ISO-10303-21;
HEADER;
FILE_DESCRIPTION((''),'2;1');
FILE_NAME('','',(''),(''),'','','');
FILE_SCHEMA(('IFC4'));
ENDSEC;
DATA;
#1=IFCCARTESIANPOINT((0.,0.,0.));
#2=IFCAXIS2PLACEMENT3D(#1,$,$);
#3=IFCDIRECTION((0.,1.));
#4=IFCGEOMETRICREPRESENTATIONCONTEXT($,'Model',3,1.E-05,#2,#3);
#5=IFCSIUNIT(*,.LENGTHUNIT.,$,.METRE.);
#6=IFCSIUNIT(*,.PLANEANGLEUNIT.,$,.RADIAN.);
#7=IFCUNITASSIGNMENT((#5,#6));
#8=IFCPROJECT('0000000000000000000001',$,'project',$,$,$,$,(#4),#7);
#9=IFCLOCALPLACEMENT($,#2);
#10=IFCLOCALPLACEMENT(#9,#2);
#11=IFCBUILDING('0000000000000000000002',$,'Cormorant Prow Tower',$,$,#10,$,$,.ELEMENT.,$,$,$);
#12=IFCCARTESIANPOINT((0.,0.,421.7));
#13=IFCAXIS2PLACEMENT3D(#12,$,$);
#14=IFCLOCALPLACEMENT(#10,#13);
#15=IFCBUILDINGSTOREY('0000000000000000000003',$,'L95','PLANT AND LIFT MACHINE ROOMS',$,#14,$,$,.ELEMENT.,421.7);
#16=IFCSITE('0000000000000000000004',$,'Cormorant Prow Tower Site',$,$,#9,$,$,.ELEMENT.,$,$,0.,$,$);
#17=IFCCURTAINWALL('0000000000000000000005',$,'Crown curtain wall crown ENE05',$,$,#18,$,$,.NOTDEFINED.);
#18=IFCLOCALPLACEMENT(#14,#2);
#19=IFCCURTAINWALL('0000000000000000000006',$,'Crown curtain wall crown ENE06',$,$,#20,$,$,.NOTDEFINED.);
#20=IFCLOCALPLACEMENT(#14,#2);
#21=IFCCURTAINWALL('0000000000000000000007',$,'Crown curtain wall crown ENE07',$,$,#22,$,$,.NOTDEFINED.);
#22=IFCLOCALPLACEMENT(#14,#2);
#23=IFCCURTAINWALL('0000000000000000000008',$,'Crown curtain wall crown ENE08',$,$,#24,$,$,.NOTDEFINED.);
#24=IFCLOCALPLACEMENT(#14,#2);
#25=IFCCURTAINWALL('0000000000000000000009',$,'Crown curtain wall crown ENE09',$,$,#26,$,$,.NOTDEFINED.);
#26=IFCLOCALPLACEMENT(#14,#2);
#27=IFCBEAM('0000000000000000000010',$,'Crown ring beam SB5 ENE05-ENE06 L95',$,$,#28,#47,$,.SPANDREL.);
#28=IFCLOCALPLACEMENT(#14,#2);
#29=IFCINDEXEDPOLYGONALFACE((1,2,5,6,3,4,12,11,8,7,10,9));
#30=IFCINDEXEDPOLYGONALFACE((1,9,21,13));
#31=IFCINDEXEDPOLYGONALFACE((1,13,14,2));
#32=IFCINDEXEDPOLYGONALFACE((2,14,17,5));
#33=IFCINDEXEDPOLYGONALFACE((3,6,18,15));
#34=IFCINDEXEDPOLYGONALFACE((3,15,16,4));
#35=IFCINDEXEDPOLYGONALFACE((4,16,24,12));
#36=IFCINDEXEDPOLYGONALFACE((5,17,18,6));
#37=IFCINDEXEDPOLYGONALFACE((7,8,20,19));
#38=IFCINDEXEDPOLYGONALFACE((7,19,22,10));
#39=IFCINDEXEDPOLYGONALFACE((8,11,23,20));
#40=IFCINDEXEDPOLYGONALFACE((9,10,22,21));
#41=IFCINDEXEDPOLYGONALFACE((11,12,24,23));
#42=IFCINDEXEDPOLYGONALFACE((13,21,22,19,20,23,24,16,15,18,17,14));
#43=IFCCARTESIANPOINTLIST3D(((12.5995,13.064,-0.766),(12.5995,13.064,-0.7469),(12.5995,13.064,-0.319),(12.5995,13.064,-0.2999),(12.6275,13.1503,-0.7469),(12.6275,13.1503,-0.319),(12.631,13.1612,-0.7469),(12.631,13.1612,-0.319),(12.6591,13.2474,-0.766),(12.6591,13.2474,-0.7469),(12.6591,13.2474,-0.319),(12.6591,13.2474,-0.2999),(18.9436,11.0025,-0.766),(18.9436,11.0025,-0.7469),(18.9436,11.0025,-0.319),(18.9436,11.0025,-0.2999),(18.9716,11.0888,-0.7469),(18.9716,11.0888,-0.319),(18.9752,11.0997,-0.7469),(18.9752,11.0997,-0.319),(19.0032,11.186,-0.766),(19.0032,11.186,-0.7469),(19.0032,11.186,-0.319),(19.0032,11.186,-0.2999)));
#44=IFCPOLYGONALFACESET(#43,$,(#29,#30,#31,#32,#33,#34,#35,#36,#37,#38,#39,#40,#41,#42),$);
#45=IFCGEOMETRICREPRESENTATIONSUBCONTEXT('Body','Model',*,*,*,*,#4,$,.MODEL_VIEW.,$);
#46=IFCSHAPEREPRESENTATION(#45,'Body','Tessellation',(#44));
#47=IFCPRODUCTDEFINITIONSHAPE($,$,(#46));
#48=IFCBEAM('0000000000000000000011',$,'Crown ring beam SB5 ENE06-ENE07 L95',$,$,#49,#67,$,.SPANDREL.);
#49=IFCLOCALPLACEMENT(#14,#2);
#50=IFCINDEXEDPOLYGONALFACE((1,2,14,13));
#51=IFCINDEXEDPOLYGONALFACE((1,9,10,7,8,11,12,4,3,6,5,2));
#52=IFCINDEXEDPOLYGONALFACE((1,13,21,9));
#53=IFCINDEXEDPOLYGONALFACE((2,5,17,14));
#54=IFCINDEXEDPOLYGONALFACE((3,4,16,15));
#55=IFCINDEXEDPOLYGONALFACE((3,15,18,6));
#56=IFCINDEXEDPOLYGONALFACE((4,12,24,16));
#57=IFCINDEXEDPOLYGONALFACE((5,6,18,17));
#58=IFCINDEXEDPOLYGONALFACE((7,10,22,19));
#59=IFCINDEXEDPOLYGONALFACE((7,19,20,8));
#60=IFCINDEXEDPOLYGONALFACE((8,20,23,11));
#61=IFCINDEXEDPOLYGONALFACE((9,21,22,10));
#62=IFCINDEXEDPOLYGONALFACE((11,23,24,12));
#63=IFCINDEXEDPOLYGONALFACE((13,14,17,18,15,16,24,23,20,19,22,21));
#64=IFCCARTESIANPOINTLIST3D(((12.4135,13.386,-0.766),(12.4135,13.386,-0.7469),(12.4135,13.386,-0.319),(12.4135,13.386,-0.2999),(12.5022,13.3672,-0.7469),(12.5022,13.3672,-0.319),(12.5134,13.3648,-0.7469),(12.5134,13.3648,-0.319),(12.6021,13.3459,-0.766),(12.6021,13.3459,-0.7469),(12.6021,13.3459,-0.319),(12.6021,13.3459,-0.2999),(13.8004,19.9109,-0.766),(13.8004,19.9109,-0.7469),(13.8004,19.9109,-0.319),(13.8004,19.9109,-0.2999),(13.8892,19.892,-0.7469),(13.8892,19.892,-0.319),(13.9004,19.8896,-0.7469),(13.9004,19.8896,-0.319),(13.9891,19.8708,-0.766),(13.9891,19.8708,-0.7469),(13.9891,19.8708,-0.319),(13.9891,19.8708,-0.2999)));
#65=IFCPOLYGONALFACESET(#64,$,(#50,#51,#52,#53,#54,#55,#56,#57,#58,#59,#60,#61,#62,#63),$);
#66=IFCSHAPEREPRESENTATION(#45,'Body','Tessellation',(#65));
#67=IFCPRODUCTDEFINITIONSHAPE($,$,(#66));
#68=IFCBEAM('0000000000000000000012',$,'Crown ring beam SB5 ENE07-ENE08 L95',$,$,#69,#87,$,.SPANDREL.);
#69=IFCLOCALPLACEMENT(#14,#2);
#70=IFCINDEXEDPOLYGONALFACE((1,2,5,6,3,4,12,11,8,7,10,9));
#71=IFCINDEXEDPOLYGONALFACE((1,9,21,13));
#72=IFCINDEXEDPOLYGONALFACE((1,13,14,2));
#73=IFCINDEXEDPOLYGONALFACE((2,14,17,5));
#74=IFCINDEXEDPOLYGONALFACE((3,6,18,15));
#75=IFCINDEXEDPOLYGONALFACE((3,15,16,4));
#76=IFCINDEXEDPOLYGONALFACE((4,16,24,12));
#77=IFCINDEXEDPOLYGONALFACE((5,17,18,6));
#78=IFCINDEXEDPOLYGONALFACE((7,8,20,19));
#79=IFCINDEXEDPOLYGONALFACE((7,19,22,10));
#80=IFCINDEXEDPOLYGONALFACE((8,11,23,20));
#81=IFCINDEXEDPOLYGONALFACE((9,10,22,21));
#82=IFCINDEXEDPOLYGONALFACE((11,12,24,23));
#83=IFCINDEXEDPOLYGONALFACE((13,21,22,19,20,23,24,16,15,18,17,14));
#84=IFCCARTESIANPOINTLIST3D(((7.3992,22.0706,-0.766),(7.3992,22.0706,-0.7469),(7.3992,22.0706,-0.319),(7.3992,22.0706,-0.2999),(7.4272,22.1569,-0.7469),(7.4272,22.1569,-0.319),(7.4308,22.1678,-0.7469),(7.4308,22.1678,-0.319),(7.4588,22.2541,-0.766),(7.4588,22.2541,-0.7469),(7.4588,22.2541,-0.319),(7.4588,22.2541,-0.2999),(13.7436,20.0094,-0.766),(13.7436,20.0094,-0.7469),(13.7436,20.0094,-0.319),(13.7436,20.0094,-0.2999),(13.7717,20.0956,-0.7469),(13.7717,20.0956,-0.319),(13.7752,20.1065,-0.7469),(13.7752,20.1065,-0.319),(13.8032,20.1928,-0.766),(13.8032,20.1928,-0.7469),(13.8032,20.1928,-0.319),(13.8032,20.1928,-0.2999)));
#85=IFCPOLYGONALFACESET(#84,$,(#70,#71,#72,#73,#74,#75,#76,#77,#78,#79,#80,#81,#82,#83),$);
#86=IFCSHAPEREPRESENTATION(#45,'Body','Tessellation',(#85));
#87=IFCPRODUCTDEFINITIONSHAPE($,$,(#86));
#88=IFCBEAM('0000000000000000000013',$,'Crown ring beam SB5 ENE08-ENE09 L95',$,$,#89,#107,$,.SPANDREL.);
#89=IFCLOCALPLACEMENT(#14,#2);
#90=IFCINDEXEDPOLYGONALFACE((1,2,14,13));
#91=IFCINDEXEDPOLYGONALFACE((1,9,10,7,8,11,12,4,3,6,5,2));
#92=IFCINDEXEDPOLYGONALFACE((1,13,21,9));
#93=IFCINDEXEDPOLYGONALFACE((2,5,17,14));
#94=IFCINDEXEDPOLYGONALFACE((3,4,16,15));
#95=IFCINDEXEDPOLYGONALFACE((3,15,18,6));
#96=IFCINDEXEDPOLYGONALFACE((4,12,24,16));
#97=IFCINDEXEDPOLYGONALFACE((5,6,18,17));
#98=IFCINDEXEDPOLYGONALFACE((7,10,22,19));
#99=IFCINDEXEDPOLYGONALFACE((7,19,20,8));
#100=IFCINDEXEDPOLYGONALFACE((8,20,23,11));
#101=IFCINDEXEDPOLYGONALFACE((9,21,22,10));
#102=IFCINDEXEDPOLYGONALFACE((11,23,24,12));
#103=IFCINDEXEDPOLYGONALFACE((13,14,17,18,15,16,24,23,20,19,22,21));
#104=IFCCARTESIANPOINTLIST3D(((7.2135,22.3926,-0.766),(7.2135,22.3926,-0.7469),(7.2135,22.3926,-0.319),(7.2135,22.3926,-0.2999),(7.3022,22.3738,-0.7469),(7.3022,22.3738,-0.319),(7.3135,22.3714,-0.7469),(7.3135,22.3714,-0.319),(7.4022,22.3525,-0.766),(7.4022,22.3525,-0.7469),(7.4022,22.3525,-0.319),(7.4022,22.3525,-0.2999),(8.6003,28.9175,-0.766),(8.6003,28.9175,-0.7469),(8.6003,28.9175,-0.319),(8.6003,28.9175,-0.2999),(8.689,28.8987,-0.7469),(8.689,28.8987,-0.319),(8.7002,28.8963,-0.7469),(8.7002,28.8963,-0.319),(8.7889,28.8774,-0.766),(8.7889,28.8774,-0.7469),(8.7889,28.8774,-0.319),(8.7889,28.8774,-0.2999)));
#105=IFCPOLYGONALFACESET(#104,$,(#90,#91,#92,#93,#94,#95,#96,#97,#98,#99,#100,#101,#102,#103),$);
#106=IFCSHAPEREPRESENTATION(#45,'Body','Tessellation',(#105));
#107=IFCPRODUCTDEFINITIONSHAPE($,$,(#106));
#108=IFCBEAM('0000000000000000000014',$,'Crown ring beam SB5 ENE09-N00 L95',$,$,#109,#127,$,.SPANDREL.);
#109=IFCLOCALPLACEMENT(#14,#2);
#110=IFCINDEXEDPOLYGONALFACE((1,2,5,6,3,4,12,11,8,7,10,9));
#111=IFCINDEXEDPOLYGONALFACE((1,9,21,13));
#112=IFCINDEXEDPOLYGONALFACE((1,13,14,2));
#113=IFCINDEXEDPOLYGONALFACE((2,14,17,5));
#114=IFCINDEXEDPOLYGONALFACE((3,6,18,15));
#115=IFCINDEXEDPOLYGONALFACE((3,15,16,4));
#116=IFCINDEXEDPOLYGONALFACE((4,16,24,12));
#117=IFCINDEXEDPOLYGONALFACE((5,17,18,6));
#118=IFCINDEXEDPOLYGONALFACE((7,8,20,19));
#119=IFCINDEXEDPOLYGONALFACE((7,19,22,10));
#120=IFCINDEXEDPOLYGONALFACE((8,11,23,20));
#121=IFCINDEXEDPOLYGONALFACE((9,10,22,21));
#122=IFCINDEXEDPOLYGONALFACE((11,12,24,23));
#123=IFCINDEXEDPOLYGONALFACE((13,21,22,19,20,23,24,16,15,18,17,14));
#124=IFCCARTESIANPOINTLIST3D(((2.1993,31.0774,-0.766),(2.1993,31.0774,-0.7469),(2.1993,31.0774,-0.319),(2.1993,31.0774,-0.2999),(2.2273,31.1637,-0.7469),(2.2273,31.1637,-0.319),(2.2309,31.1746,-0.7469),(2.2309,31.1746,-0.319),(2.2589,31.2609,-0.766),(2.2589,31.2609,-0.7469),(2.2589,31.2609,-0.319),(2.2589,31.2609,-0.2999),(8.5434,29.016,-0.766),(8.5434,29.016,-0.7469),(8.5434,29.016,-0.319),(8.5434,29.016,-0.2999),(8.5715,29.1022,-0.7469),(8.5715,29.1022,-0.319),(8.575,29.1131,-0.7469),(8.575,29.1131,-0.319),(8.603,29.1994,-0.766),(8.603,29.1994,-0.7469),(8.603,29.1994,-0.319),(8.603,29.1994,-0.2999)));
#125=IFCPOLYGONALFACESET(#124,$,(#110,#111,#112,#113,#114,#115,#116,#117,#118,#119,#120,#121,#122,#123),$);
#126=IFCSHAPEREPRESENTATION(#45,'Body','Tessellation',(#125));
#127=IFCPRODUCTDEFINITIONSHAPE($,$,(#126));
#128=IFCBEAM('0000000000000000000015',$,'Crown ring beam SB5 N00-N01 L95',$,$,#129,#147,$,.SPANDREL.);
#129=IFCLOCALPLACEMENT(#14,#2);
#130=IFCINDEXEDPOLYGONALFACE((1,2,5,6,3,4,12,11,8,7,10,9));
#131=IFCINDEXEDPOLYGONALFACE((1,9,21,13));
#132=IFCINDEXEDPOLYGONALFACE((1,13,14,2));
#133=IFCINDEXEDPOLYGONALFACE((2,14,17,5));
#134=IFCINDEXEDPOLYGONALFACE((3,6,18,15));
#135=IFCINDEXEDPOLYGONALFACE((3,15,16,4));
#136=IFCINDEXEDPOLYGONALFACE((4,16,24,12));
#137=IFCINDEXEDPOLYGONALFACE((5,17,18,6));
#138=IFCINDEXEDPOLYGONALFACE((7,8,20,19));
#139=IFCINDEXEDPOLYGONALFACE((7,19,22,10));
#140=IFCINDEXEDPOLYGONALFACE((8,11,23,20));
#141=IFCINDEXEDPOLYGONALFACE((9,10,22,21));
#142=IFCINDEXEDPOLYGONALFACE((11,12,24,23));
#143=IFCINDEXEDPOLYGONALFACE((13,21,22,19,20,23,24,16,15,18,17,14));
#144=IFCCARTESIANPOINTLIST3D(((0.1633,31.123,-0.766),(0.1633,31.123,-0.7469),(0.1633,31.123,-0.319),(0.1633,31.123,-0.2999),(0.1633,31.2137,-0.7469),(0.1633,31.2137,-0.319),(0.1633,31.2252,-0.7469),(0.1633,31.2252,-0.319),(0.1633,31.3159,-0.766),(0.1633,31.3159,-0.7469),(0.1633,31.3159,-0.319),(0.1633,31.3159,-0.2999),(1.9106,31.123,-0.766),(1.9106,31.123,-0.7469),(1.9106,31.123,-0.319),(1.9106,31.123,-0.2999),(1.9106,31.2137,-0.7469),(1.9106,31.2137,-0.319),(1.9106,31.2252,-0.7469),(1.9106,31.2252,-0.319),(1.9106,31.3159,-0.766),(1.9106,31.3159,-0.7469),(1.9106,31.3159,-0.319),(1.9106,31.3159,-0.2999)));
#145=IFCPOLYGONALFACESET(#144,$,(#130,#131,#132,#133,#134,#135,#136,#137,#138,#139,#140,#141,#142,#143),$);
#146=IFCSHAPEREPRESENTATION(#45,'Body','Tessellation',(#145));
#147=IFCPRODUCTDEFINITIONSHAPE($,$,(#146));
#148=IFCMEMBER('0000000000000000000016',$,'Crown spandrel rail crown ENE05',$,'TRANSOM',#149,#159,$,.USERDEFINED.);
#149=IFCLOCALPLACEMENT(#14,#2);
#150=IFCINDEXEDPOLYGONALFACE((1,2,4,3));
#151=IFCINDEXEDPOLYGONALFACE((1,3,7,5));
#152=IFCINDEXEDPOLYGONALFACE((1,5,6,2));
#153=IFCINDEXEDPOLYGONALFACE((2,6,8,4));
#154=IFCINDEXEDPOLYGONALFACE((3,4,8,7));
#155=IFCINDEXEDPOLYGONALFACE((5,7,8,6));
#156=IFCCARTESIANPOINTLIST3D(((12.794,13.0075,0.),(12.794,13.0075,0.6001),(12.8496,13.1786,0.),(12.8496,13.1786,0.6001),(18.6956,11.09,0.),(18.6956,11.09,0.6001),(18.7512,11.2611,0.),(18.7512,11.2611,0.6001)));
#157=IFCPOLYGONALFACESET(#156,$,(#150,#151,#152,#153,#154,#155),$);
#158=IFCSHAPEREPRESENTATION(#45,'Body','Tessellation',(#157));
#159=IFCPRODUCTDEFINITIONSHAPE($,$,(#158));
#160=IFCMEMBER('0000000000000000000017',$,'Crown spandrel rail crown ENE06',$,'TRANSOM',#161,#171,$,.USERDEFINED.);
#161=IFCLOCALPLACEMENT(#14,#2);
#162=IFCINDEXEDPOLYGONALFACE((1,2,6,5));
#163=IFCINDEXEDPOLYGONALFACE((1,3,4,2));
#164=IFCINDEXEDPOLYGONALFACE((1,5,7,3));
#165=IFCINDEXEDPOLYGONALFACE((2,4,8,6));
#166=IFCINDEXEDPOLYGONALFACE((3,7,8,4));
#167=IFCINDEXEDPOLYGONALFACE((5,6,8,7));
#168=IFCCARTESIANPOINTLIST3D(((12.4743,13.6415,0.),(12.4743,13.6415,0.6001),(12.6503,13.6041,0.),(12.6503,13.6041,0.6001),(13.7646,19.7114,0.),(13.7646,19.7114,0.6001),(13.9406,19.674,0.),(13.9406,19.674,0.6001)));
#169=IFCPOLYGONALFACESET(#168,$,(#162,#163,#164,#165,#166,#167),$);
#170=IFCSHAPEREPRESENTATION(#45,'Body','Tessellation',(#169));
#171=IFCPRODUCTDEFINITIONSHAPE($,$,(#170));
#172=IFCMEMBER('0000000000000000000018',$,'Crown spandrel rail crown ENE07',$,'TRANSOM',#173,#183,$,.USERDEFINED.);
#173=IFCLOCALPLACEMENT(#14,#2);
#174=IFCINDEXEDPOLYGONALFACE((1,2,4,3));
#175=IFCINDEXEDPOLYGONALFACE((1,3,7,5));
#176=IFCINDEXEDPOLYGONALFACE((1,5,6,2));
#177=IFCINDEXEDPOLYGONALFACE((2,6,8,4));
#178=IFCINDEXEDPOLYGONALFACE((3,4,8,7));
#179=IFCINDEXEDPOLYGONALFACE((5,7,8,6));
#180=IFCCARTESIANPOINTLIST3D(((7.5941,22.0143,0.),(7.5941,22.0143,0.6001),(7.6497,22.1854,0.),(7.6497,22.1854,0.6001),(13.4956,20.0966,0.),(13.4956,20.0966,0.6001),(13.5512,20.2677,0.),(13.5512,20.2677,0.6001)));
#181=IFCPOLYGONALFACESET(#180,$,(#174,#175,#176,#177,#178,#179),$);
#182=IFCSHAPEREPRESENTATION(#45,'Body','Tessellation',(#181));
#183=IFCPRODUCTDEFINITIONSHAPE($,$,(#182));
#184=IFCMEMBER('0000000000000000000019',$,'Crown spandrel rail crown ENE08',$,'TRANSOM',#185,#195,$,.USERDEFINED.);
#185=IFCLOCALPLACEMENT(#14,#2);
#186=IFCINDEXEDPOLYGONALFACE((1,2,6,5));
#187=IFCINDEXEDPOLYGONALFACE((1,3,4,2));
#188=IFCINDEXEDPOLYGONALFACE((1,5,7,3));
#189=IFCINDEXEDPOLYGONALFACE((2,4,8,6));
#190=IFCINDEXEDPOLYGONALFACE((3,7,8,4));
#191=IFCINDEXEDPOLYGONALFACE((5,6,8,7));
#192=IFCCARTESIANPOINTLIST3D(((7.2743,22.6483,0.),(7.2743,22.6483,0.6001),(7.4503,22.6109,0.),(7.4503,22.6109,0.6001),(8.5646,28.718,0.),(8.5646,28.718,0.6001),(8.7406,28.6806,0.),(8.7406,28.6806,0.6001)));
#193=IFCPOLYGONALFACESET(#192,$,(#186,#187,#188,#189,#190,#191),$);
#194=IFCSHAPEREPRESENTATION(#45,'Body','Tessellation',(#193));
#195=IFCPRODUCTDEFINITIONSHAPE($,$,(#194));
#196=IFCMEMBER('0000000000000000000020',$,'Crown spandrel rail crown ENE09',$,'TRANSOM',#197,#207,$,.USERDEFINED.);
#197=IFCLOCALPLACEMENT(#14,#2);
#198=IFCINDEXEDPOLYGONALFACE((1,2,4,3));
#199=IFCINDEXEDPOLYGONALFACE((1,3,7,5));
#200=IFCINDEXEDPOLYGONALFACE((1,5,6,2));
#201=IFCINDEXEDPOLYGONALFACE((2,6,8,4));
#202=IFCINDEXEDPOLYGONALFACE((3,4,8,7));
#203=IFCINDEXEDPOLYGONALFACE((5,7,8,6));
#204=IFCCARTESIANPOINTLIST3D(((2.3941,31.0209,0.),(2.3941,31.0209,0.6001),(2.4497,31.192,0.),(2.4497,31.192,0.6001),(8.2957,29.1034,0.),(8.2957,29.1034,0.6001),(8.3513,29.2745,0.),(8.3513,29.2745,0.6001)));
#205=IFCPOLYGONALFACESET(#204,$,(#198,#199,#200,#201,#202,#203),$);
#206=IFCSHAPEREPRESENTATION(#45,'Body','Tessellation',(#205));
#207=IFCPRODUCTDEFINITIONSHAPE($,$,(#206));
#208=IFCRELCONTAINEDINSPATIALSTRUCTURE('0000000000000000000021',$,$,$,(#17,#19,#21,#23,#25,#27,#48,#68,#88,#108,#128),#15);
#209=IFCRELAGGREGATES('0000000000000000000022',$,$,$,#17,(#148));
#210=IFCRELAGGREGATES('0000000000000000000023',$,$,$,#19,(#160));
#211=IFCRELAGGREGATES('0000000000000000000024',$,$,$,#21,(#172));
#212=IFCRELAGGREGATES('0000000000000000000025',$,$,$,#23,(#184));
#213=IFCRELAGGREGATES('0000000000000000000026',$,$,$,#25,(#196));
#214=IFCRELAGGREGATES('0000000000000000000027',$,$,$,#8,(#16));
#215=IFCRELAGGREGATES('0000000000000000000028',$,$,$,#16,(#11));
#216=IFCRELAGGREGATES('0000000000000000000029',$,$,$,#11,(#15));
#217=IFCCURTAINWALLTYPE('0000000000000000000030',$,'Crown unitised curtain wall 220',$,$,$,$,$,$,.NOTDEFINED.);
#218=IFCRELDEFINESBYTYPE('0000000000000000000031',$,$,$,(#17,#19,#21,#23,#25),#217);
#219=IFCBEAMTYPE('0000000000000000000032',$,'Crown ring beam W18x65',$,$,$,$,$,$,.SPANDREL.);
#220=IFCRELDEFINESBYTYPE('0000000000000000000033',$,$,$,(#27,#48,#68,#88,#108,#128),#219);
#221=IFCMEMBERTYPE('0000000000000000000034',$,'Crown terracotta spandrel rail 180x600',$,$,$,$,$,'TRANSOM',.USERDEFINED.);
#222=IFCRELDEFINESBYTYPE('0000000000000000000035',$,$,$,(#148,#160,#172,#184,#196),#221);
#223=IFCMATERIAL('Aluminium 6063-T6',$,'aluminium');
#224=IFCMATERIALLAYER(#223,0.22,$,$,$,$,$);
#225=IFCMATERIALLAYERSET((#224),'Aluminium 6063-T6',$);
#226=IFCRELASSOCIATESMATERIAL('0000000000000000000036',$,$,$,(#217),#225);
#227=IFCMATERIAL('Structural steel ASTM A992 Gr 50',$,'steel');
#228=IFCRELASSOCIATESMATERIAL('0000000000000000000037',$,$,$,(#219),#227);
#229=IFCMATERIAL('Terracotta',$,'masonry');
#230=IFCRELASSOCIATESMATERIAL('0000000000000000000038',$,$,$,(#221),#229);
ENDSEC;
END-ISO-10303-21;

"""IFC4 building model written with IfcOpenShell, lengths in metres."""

from ifc_helpers import new_model, si_unit, direction, frame, origin, origin_2d, place, context, subcontext, project, spatial, rectangle, i_section, extrude, material, layer, layer_set, material_profile, profile_set, type_object, element, aggregate, save


model = new_model("IFC4")

# Units and contexts
model_context = context("Model", 3, precision=1e-05, world=origin(), true_north=direction((0.0, 1.0)))
body_context = subcontext(model_context, "Body", "Model", "MODEL_VIEW")
ifc_project = project(units=[si_unit("LENGTHUNIT", "METRE"), si_unit("PLANEANGLEUNIT", "RADIAN")], contexts=[model_context])

# Site, building, storey
site_placement = place(None, origin())
site = spatial("IfcSite", under=ifc_project, at=site_placement, Name="Cormorant Prow Tower Site", CompositionType="ELEMENT", RefElevation=0.0)
building_placement = place(site_placement, origin())
building = spatial("IfcBuilding", under=site, at=building_placement, Name="Cormorant Prow Tower", CompositionType="ELEMENT")
storey_placement = place(building_placement, frame((0.0, 0.0, 421.7)))
storey = spatial("IfcBuildingStorey", under=building, at=storey_placement, Name="L95", Description="PLANT AND LIFT MACHINE ROOMS", CompositionType="ELEMENT", Elevation=421.7)

# Curtain walls
ifc_material_1 = material(Name="Aluminium 6063-T6", Category="aluminium")
ifc_layer_1 = layer(ifc_material_1, 0.22)
ifc_layer_set_1 = layer_set([ifc_layer_1], Name="Aluminium 6063-T6")
curtain_wall_type = type_object("IfcCurtainWallType", Name="Crown unitised curtain wall 220", PredefinedType="NOTDEFINED", material=ifc_layer_set_1)
curtain_wall_1_placement = place(storey_placement, origin())
curtain_wall_1 = element("IfcCurtainWall", 1, at=curtain_wall_1_placement, inside=storey, type_object=curtain_wall_type, Name="Crown curtain wall crown ENE05", PredefinedType="NOTDEFINED")
curtain_wall_2_placement = place(storey_placement, origin())
curtain_wall_2 = element("IfcCurtainWall", 2, at=curtain_wall_2_placement, inside=storey, type_object=curtain_wall_type, Name="Crown curtain wall crown ENE06", PredefinedType="NOTDEFINED")
curtain_wall_3_placement = place(storey_placement, origin())
curtain_wall_3 = element("IfcCurtainWall", 3, at=curtain_wall_3_placement, inside=storey, type_object=curtain_wall_type, Name="Crown curtain wall crown ENE07", PredefinedType="NOTDEFINED")
curtain_wall_4_placement = place(storey_placement, origin())
curtain_wall_4 = element("IfcCurtainWall", 4, at=curtain_wall_4_placement, inside=storey, type_object=curtain_wall_type, Name="Crown curtain wall crown ENE08", PredefinedType="NOTDEFINED")
curtain_wall_5_placement = place(storey_placement, origin())
curtain_wall_5 = element("IfcCurtainWall", 5, at=curtain_wall_5_placement, inside=storey, type_object=curtain_wall_type, Name="Crown curtain wall crown ENE09", PredefinedType="NOTDEFINED")

# Beams
ifc_material_2 = material(Name="Structural steel ASTM A992 Gr 50", Category="steel")
ifc_material_profile_1 = material_profile(ifc_material_2, i_section(OverallWidth=0.1929, OverallDepth=0.4661, WebThickness=0.0115, FlangeThickness=0.019, at=origin_2d()), Name="W18x65")
ifc_profile_set_1 = profile_set([ifc_material_profile_1], Name="Structural steel ASTM A992 Gr 50")
beam_type = type_object("IfcBeamType", Name="Crown ring beam W18x65", PredefinedType="SPANDREL", material=ifc_profile_set_1)
for number, where, z_axis, x_axis, name in (
    (6, (18.9734, 11.0942, -0.533), (-0.95105, 0.309038, 0.0), (-0.309038, -0.95105, 0.0), "Crown ring beam SB5 ENE05-ENE06 L95"),
    (7, (12.5078, 13.366, -0.533), (0.207919, 0.978146, 0.0), (-0.978146, 0.207919, 0.0), "Crown ring beam SB5 ENE06-ENE07 L95"),
):
    element("IfcBeam", number, at=place(storey_placement, frame(where, z_axis=z_axis, x_axis=x_axis)), inside=storey, type_object=beam_type, Name=name, PredefinedType="SPANDREL", context=body_context, shape_type="SweptSolid", body=[
        extrude(i_section(OverallWidth=0.1929, OverallDepth=0.4661, WebThickness=0.0115, FlangeThickness=0.019, at=origin_2d()), origin(), (0.0, 0.0, 1.0), 6.6707),
    ])
beam_1_placement = place(storey_placement, frame((13.7734, 20.1011, -0.533), z_axis=(-0.951064, 0.308994, 0.0), x_axis=(-0.308994, -0.951064, 0.0)))
element("IfcBeam", 8, at=beam_1_placement, inside=storey, type_object=beam_type, Name="Crown ring beam SB5 ENE07-ENE08 L95", PredefinedType="SPANDREL", context=body_context, shape_type="SweptSolid", body=[
    extrude(i_section(OverallWidth=0.1929, OverallDepth=0.4661, WebThickness=0.0115, FlangeThickness=0.019, at=origin_2d()), origin(), (0.0, 0.0, 1.0), 6.6709),
])
for number, where, z_axis, x_axis, name in (
    (9, (7.3079, 22.3726, -0.533), (0.207884, 0.978153, 0.0), (-0.978153, 0.207884, 0.0), "Crown ring beam SB5 ENE08-ENE09 L95"),
    (10, (8.5732, 29.1077, -0.533), (-0.95105, 0.309038, 0.0), (-0.309038, -0.95105, 0.0), "Crown ring beam SB5 ENE09-N00 L95"),
):
    element("IfcBeam", number, at=place(storey_placement, frame(where, z_axis=z_axis, x_axis=x_axis)), inside=storey, type_object=beam_type, Name=name, PredefinedType="SPANDREL", context=body_context, shape_type="SweptSolid", body=[
        extrude(i_section(OverallWidth=0.1929, OverallDepth=0.4661, WebThickness=0.0115, FlangeThickness=0.019, at=origin_2d()), origin(), (0.0, 0.0, 1.0), 6.6707),
    ])
beam_2_placement = place(storey_placement, frame((1.9106, 31.2195, -0.533), z_axis=(-1.0, 0.0, 0.0), x_axis=(0.0, -1.0, 0.0)))
element("IfcBeam", 11, at=beam_2_placement, inside=storey, type_object=beam_type, Name="Crown ring beam SB5 N00-N01 L95", PredefinedType="SPANDREL", context=body_context, shape_type="SweptSolid", body=[
    extrude(i_section(OverallWidth=0.1929, OverallDepth=0.4661, WebThickness=0.0115, FlangeThickness=0.019, at=origin_2d()), origin(), (0.0, 0.0, 1.0), 1.7473),
])

# Members
ifc_material_3 = material(Name="Terracotta", Category="masonry")
ifc_material_profile_2 = material_profile(ifc_material_3, rectangle(XDim=0.1799, YDim=0.6001, at=origin_2d()), Name="Crown terracotta spandrel rail 180x600")
ifc_profile_set_2 = profile_set([ifc_material_profile_2], Name="Terracotta")
member_type_1 = type_object("IfcMemberType", Name="Crown terracotta spandrel rail 180x600", ElementType="TRANSOM", PredefinedType="USERDEFINED", material=ifc_profile_set_2)
member_1_placement = place(storey_placement, frame((18.7234, 11.1755, 0.3), z_axis=(-0.95106, 0.309007, 0.0), x_axis=(-0.309007, -0.95106, 0.0)))
member_1 = element("IfcMember", 12, at=member_1_placement, type_object=member_type_1, Name="Crown spandrel rail crown ENE05", ObjectType="TRANSOM", PredefinedType="USERDEFINED", context=body_context, shape_type="SweptSolid", body=[
    extrude(rectangle(XDim=0.1799, YDim=0.6001, at=origin_2d()), origin(), (0.0, 0.0, 1.0), 6.2053),
])
member_2_placement = place(storey_placement, frame((12.5623, 13.6228, 0.3), z_axis=(0.207927, 0.978144, 0.0), x_axis=(-0.978144, 0.207927, 0.0)))
member_2 = element("IfcMember", 13, at=member_2_placement, type_object=member_type_1, Name="Crown spandrel rail crown ENE06", ObjectType="TRANSOM", PredefinedType="USERDEFINED", context=body_context, shape_type="SweptSolid", body=[
    extrude(rectangle(XDim=0.1799, YDim=0.6001, at=origin_2d()), origin(), (0.0, 0.0, 1.0), 6.2056),
])
member_3_placement = place(storey_placement, frame((13.5234, 20.1821, 0.3), z_axis=(-0.951048, 0.309042, 0.0), x_axis=(-0.309042, -0.951048, 0.0)))
member_3 = element("IfcMember", 14, at=member_3_placement, type_object=member_type_1, Name="Crown spandrel rail crown ENE07", ObjectType="TRANSOM", PredefinedType="USERDEFINED", context=body_context, shape_type="SweptSolid", body=[
    extrude(rectangle(XDim=0.1799, YDim=0.6001, at=origin_2d()), origin(), (0.0, 0.0, 1.0), 6.2053),
])
member_4_placement = place(storey_placement, frame((7.3623, 22.6296, 0.3), z_axis=(0.207935, 0.978143, 0.0), x_axis=(-0.978143, 0.207935, 0.0)))
member_4 = element("IfcMember", 15, at=member_4_placement, type_object=member_type_1, Name="Crown spandrel rail crown ENE08", ObjectType="TRANSOM", PredefinedType="USERDEFINED", context=body_context, shape_type="SweptSolid", body=[
    extrude(rectangle(XDim=0.1799, YDim=0.6001, at=origin_2d()), origin(), (0.0, 0.0, 1.0), 6.2053),
])
member_5_placement = place(storey_placement, frame((8.3235, 29.189, 0.3), z_axis=(-0.95106, 0.309007, 0.0), x_axis=(-0.309007, -0.95106, 0.0)))
member_5 = element("IfcMember", 16, at=member_5_placement, type_object=member_type_1, Name="Crown spandrel rail crown ENE09", ObjectType="TRANSOM", PredefinedType="USERDEFINED", context=body_context, shape_type="SweptSolid", body=[
    extrude(rectangle(XDim=0.1799, YDim=0.6001, at=origin_2d()), origin(), (0.0, 0.0, 1.0), 6.2053),
])

aggregate(curtain_wall_1, [member_1])
aggregate(curtain_wall_2, [member_2])
aggregate(curtain_wall_3, [member_3])
aggregate(curtain_wall_4, [member_4])
aggregate(curtain_wall_5, [member_5])

save(model, "model.ifc")
